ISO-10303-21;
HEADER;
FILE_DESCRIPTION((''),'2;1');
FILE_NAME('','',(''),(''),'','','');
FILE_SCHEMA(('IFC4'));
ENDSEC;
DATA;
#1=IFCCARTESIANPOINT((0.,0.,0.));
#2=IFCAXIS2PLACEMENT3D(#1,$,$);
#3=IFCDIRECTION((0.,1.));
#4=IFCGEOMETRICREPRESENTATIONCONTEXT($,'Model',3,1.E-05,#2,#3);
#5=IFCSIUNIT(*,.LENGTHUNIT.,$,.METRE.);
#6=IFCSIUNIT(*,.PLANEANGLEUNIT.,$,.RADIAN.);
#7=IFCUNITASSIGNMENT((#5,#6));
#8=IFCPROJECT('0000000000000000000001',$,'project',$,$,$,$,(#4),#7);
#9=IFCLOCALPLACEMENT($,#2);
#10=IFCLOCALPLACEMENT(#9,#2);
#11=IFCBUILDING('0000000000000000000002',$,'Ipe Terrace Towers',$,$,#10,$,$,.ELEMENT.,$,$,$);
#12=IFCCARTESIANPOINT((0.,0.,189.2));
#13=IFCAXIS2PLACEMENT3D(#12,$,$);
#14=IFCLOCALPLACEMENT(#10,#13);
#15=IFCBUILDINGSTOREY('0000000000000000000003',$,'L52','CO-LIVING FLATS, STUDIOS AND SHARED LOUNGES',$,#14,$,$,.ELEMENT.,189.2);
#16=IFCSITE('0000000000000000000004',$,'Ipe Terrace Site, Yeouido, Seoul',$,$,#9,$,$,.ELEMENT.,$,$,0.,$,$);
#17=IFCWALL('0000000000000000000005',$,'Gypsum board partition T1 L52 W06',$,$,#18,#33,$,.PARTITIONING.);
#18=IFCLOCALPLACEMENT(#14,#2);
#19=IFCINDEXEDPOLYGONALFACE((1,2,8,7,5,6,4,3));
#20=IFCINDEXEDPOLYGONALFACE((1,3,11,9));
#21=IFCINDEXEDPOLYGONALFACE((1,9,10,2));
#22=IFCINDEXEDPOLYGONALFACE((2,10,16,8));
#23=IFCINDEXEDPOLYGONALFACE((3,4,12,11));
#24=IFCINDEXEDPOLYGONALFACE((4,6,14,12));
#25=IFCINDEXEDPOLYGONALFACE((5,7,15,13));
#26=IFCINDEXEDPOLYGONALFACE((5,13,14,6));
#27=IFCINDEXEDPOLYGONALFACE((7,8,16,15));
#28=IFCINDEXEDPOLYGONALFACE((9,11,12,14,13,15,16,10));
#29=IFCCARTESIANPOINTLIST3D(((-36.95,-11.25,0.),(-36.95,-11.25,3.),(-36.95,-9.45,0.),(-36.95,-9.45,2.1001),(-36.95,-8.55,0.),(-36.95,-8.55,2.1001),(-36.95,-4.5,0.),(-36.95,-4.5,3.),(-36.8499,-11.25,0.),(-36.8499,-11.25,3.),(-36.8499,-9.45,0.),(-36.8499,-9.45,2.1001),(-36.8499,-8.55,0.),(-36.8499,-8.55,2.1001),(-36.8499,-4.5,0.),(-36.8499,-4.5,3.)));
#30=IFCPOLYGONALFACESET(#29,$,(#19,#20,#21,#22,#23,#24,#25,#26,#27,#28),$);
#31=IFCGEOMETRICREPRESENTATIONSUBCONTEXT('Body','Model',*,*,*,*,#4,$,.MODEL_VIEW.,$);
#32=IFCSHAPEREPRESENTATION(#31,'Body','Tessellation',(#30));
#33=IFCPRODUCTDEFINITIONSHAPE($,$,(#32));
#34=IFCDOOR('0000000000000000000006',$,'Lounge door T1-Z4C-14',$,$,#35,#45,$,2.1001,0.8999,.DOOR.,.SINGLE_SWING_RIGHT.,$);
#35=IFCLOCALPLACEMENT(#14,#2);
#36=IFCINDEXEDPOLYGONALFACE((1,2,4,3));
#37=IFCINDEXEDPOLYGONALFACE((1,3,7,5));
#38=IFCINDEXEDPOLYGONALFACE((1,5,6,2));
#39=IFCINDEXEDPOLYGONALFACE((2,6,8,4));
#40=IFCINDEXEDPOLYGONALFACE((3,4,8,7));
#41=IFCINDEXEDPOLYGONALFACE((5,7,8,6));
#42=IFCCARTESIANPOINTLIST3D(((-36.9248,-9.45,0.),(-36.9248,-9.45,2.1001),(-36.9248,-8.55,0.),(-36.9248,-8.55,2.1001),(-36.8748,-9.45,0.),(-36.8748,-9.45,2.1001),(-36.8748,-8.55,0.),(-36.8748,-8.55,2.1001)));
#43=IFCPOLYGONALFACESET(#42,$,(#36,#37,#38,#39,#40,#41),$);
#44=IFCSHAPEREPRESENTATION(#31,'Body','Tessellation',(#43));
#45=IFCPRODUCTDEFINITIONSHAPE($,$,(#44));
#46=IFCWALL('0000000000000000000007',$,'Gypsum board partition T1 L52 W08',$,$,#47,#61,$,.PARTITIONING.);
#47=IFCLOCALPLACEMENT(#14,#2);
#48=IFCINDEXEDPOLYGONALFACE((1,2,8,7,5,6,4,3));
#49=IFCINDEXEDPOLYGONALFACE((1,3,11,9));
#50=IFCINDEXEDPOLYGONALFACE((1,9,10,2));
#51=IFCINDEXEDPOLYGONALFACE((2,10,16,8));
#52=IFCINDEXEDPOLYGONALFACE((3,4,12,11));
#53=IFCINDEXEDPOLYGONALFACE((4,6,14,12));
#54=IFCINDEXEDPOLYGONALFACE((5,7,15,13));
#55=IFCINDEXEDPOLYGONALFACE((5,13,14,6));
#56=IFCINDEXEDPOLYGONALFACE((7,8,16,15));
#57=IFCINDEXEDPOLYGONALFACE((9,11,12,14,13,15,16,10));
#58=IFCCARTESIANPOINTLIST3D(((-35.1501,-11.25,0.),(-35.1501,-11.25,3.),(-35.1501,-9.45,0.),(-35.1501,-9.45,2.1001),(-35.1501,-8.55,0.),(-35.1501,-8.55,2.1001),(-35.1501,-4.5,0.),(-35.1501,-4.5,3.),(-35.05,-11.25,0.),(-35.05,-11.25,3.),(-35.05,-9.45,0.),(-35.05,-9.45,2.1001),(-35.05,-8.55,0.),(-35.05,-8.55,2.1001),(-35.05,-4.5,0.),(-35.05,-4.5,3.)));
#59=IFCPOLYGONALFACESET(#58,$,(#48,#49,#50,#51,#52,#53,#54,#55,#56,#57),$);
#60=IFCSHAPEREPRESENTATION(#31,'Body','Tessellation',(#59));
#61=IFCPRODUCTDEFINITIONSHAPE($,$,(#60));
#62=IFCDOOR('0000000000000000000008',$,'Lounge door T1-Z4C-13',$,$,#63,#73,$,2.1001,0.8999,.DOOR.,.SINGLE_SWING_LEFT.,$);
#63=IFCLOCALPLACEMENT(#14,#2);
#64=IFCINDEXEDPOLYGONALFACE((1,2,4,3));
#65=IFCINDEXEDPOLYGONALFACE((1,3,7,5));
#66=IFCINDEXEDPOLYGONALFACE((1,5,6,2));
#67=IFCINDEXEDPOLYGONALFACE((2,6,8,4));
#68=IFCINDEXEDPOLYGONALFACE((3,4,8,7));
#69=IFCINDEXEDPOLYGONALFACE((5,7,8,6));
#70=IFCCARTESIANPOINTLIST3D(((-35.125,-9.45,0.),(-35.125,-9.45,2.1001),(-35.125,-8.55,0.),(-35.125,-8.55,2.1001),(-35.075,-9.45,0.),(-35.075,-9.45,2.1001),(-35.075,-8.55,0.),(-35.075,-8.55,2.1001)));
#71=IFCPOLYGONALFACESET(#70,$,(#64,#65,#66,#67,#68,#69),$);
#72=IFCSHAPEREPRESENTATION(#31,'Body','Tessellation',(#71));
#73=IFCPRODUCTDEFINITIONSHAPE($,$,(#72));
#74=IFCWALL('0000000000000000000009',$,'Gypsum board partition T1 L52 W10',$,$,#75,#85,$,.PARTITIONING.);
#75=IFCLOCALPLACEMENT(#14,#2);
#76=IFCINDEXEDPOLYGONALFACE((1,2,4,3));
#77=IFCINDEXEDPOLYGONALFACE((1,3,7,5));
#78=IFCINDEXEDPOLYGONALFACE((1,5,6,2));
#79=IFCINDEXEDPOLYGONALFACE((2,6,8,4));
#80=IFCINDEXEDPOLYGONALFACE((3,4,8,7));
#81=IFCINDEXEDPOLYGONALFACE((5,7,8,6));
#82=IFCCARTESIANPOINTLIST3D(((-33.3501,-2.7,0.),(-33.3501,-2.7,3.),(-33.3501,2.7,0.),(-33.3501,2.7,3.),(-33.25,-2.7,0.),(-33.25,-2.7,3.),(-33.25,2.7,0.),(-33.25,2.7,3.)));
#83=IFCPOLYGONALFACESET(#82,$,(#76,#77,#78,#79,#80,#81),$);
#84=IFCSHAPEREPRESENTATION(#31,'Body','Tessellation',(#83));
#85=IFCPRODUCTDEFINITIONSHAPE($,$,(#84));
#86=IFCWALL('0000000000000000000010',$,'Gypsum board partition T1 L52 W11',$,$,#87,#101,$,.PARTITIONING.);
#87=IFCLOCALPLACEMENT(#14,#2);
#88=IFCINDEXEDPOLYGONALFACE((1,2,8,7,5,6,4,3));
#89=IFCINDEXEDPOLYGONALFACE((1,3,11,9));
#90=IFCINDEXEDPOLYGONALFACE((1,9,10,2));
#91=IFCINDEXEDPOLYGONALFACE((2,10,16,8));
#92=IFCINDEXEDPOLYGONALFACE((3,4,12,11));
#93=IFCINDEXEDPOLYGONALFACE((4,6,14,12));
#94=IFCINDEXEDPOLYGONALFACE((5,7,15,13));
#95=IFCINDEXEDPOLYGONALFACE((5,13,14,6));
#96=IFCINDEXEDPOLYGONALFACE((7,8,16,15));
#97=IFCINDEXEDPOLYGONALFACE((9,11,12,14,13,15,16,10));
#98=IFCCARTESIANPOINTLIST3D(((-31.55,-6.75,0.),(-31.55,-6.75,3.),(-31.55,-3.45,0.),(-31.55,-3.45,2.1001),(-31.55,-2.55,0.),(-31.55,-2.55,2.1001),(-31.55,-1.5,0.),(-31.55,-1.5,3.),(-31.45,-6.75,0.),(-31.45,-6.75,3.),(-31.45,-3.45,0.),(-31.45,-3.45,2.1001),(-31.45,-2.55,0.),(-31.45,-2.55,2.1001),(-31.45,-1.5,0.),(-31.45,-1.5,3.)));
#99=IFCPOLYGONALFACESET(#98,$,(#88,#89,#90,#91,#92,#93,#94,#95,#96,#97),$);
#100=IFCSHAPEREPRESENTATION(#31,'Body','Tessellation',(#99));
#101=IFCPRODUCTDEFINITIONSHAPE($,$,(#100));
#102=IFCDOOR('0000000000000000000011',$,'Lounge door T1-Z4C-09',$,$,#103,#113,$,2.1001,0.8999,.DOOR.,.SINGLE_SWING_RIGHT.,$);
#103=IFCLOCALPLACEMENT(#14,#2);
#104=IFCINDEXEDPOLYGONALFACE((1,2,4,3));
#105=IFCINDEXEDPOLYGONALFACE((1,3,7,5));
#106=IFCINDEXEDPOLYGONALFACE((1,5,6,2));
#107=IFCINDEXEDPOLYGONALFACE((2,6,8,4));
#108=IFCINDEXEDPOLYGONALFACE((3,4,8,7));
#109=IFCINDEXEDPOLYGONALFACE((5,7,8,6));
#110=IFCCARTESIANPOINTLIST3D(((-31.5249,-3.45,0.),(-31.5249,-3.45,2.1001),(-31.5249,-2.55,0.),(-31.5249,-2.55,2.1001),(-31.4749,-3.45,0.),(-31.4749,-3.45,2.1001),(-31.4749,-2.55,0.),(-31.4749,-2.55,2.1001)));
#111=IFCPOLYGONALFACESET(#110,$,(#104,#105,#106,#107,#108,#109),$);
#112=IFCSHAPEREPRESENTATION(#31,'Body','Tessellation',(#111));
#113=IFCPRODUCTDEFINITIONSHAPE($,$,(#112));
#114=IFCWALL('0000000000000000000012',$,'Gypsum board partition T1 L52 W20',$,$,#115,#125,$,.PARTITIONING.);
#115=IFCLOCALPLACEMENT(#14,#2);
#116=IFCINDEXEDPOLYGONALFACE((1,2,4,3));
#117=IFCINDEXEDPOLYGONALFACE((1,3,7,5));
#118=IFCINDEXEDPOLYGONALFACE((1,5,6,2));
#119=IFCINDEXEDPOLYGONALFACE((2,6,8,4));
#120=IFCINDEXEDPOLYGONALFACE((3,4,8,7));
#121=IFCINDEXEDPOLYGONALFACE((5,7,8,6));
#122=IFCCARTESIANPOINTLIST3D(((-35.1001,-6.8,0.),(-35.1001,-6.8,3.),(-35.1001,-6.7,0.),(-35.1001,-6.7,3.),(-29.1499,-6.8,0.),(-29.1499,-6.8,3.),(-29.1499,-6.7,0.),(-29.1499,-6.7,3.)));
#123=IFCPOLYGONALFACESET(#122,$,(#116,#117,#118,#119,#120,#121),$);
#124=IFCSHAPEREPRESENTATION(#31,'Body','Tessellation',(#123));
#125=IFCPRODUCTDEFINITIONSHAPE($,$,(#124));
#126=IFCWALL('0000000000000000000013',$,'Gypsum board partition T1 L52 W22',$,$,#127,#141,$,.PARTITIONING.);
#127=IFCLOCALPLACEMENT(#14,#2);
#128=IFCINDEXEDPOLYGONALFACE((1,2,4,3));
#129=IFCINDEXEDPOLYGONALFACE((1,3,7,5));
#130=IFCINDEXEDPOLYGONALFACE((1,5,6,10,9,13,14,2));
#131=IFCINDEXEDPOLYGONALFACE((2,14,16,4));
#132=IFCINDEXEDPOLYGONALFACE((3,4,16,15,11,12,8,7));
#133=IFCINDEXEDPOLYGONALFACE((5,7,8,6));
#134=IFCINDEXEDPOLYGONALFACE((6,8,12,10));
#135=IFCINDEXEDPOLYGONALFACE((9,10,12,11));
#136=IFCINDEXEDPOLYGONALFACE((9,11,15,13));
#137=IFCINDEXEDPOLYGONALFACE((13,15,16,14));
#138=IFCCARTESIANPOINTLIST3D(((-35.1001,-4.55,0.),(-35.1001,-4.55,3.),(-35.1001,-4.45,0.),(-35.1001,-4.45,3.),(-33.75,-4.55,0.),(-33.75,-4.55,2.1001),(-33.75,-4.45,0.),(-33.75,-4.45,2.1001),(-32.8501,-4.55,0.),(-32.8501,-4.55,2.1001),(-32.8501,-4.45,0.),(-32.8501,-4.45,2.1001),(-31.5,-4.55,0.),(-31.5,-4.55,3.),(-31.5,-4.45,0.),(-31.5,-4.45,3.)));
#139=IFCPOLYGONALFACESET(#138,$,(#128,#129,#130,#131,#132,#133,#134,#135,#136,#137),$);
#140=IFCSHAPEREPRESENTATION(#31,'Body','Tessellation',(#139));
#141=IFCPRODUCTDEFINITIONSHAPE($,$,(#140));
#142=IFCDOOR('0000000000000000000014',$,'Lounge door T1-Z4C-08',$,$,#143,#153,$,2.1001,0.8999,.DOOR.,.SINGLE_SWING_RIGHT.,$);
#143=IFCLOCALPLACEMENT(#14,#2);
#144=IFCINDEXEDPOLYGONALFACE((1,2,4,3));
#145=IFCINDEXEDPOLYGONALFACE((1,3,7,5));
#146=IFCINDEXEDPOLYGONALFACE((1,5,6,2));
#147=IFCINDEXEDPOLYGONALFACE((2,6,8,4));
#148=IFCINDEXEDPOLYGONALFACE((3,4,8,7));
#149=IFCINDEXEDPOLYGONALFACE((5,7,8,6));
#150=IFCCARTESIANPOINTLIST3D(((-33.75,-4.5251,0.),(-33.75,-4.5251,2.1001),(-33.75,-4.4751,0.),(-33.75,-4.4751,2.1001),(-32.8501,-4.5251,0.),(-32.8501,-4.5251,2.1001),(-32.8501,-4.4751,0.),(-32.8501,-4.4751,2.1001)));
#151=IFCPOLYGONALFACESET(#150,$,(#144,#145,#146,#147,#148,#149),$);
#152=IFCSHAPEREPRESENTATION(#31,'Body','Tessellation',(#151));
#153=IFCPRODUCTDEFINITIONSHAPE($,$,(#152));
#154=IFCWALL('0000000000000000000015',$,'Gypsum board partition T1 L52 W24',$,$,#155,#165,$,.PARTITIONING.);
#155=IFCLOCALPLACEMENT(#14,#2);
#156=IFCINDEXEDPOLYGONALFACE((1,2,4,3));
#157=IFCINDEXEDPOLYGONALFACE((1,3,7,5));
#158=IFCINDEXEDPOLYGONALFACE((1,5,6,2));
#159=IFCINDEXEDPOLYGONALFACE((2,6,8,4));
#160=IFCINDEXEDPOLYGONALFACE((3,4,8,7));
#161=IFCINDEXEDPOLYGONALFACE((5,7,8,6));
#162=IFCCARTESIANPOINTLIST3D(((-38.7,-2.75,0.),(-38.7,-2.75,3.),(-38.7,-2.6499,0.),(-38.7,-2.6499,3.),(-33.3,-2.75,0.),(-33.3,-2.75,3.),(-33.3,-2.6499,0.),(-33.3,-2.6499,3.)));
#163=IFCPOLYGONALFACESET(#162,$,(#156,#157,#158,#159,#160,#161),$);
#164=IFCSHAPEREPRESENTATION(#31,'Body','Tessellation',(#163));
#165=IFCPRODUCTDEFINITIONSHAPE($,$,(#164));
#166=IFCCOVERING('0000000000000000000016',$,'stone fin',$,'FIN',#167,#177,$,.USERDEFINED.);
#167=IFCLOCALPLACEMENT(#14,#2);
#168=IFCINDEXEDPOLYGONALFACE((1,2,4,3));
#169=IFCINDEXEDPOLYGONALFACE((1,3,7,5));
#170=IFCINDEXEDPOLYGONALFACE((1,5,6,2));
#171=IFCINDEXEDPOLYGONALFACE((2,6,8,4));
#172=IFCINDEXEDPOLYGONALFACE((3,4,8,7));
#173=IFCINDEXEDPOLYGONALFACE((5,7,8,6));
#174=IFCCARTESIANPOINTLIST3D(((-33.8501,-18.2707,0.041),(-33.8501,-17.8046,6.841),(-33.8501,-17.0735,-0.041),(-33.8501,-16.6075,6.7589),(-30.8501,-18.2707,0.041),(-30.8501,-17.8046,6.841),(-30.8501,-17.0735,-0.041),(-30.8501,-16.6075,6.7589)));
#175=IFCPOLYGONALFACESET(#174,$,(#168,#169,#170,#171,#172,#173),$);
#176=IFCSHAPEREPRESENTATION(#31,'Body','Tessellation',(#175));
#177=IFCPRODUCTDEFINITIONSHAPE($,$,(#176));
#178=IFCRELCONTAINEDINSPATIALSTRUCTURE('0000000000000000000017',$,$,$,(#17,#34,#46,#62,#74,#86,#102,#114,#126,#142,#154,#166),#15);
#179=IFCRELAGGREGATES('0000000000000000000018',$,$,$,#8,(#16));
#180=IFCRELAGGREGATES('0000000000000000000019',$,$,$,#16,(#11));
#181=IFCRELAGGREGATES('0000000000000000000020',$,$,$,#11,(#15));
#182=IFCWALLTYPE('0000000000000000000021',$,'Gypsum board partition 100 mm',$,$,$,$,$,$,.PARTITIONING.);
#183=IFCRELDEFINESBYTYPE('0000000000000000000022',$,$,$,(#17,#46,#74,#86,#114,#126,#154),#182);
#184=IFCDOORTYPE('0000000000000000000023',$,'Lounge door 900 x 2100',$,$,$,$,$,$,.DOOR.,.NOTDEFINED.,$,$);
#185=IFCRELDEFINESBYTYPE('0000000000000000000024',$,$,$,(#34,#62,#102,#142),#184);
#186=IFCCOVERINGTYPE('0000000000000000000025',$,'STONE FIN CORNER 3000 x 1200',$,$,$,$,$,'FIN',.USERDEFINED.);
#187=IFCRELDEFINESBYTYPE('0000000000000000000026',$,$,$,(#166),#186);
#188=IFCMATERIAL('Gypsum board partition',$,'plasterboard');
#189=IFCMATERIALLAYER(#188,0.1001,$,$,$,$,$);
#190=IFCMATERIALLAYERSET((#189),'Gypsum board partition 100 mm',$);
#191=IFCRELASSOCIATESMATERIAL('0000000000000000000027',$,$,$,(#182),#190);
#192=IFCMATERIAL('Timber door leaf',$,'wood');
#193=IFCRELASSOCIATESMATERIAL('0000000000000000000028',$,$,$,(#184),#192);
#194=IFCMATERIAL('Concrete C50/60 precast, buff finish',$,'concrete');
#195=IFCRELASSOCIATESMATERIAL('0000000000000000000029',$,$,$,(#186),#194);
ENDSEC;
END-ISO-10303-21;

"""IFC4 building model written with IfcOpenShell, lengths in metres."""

from ifc_helpers import new_model, si_unit, direction, frame, frame_2d, origin, origin_2d, place, context, subcontext, project, spatial, rectangle, extrude, material, layer, layer_set, material_profile, profile_set, type_object, element, fill, save


model = new_model("IFC4")

# Units and contexts
model_context = context("Model", 3, precision=1e-05, world=origin(), true_north=direction((0.0, 1.0)))
body_context = subcontext(model_context, "Body", "Model", "MODEL_VIEW")
ifc_project = project(units=[si_unit("LENGTHUNIT", "METRE"), si_unit("PLANEANGLEUNIT", "RADIAN")], contexts=[model_context])

# Site, building, storey
site_placement = place(None, origin())
site = spatial("IfcSite", under=ifc_project, at=site_placement, Name="Ipe Terrace Site, Yeouido, Seoul", CompositionType="ELEMENT", RefElevation=0.0)
building_placement = place(site_placement, origin())
building = spatial("IfcBuilding", under=site, at=building_placement, Name="Ipe Terrace Towers", CompositionType="ELEMENT")
storey_placement = place(building_placement, frame((0.0, 0.0, 189.2)))
storey = spatial("IfcBuildingStorey", under=building, at=storey_placement, Name="L52", Description="CO-LIVING FLATS, STUDIOS AND SHARED LOUNGES", CompositionType="ELEMENT", Elevation=189.2)

# Shared definitions
ifc_material_1 = material(Name="Gypsum board partition", Category="plasterboard")
ifc_layer_1 = layer(ifc_material_1, 0.1001)
ifc_layer_set_1 = layer_set([ifc_layer_1], Name="Gypsum board partition 100 mm")
wall_type_1 = type_object("IfcWallType", Name="Gypsum board partition 100 mm", PredefinedType="PARTITIONING", material=ifc_layer_set_1)
ifc_material_2 = material(Name="Timber door leaf", Category="wood")
door_type = type_object("IfcDoorType", Name="Lounge door 900 x 2100", OperationType="NOTDEFINED", PredefinedType="DOOR", material=ifc_material_2)

# Walls, openings, doors
wall_1_placement = place(storey_placement, frame((-36.8999, -11.25, 0.0), z_axis=(0.0, 0.0, 1.0), x_axis=(0.0, 1.0, 0.0)))
wall_1 = element("IfcWall", 1, at=wall_1_placement, inside=storey, type_object=wall_type_1, Name="Gypsum board partition T1 L52 W06", PredefinedType="PARTITIONING", context=body_context, shape_type="SweptSolid", body=[
    extrude(rectangle(XDim=6.75, YDim=0.1001, at=frame_2d((3.375, 0.0))), origin(), (0.0, 0.0, 1.0), 3.0),
])
opening_1_placement = place(wall_1_placement, frame((1.8, 0.0, 0.0)))
opening_1 = element("IfcOpeningElement", 2, at=opening_1_placement, cuts=wall_1, PredefinedType="OPENING", context=body_context, shape_type="SweptSolid", body=[
    extrude(rectangle(XDim=0.8999, YDim=2.1001, at=frame_2d((0.45, 1.05))), frame((0.0, 0.0601, 0.0), z_axis=(0.0, -1.0, 0.0), x_axis=(1.0, 0.0, 0.0)), (0.0, 0.0, 1.0), 0.1201),
])
door_1_placement = place(opening_1_placement, origin())
door_1 = element("IfcDoor", 3, at=door_1_placement, inside=storey, type_object=door_type, Name="Lounge door T1-Z4C-14", OperationType="SINGLE_SWING_RIGHT", OverallHeight=2.1001, OverallWidth=0.8999, PredefinedType="DOOR", context=body_context, shape_type="SweptSolid", body=[
    extrude(rectangle(XDim=0.8999, YDim=2.1001, at=frame_2d((0.45, 1.05))), frame((0.0, 0.0249, 0.0), z_axis=(0.0, -1.0, 0.0), x_axis=(1.0, 0.0, 0.0)), (0.0, 0.0, 1.0), 0.05),
])
fill(opening_1, door_1)
wall_2_placement = place(storey_placement, frame((-35.1001, -11.25, 0.0), z_axis=(0.0, 0.0, 1.0), x_axis=(0.0, 1.0, 0.0)))
wall_2 = element("IfcWall", 4, at=wall_2_placement, inside=storey, type_object=wall_type_1, Name="Gypsum board partition T1 L52 W08", PredefinedType="PARTITIONING", context=body_context, shape_type="SweptSolid", body=[
    extrude(rectangle(XDim=6.75, YDim=0.1001, at=frame_2d((3.375, 0.0))), origin(), (0.0, 0.0, 1.0), 3.0),
])
opening_2_placement = place(wall_2_placement, frame((1.8, 0.0, 0.0)))
opening_2 = element("IfcOpeningElement", 5, at=opening_2_placement, cuts=wall_2, PredefinedType="OPENING", context=body_context, shape_type="SweptSolid", body=[
    extrude(rectangle(XDim=0.8999, YDim=2.1001, at=frame_2d((0.45, 1.05))), frame((0.0, 0.0601, 0.0), z_axis=(0.0, -1.0, 0.0), x_axis=(1.0, 0.0, 0.0)), (0.0, 0.0, 1.0), 0.1201),
])
door_2_placement = place(opening_2_placement, origin())
door_2 = element("IfcDoor", 6, at=door_2_placement, inside=storey, type_object=door_type, Name="Lounge door T1-Z4C-13", OperationType="SINGLE_SWING_LEFT", OverallHeight=2.1001, OverallWidth=0.8999, PredefinedType="DOOR", context=body_context, shape_type="SweptSolid", body=[
    extrude(rectangle(XDim=0.8999, YDim=2.1001, at=frame_2d((0.45, 1.05))), frame((0.0, 0.0249, 0.0), z_axis=(0.0, -1.0, 0.0), x_axis=(1.0, 0.0, 0.0)), (0.0, 0.0, 1.0), 0.05),
])
fill(opening_2, door_2)

# Wall
wall_3_placement = place(storey_placement, frame((-33.3, -2.7, 0.0), z_axis=(0.0, 0.0, 1.0), x_axis=(0.0, 1.0, 0.0)))
element("IfcWall", 7, at=wall_3_placement, inside=storey, type_object=wall_type_1, Name="Gypsum board partition T1 L52 W10", PredefinedType="PARTITIONING", context=body_context, shape_type="SweptSolid", body=[
    extrude(rectangle(XDim=5.3999, YDim=0.1001, at=frame_2d((2.7, 0.0))), origin(), (0.0, 0.0, 1.0), 3.0),
])

# Wall, opening, door
wall_4_placement = place(storey_placement, frame((-31.5, -6.75, 0.0), z_axis=(0.0, 0.0, 1.0), x_axis=(0.0, 1.0, 0.0)))
wall_4 = element("IfcWall", 8, at=wall_4_placement, inside=storey, type_object=wall_type_1, Name="Gypsum board partition T1 L52 W11", PredefinedType="PARTITIONING", context=body_context, shape_type="SweptSolid", body=[
    extrude(rectangle(XDim=5.25, YDim=0.1001, at=frame_2d((2.625, 0.0))), origin(), (0.0, 0.0, 1.0), 3.0),
])
opening_3_placement = place(wall_4_placement, frame((3.3, 0.0, 0.0)))
opening_3 = element("IfcOpeningElement", 9, at=opening_3_placement, cuts=wall_4, PredefinedType="OPENING", context=body_context, shape_type="SweptSolid", body=[
    extrude(rectangle(XDim=0.8999, YDim=2.1001, at=frame_2d((0.45, 1.05))), frame((0.0, 0.0601, 0.0), z_axis=(0.0, -1.0, 0.0), x_axis=(1.0, 0.0, 0.0)), (0.0, 0.0, 1.0), 0.1201),
])
door_3_placement = place(opening_3_placement, origin())
door_3 = element("IfcDoor", 10, at=door_3_placement, inside=storey, type_object=door_type, Name="Lounge door T1-Z4C-09", OperationType="SINGLE_SWING_RIGHT", OverallHeight=2.1001, OverallWidth=0.8999, PredefinedType="DOOR", context=body_context, shape_type="SweptSolid", body=[
    extrude(rectangle(XDim=0.8999, YDim=2.1001, at=frame_2d((0.45, 1.05))), frame((0.0, 0.0249, 0.0), z_axis=(0.0, -1.0, 0.0), x_axis=(1.0, 0.0, 0.0)), (0.0, 0.0, 1.0), 0.05),
])
fill(opening_3, door_3)

# Wall
wall_5_placement = place(storey_placement, frame((-35.1001, -6.75, 0.0), z_axis=(0.0, 0.0, 1.0), x_axis=(1.0, 0.0, 0.0)))
element("IfcWall", 11, at=wall_5_placement, inside=storey, type_object=wall_type_1, Name="Gypsum board partition T1 L52 W20", PredefinedType="PARTITIONING", context=body_context, shape_type="SweptSolid", body=[
    extrude(rectangle(XDim=5.9502, YDim=0.1001, at=frame_2d((2.9751, 0.0))), origin(), (0.0, 0.0, 1.0), 3.0),
])

# Wall, opening, door
wall_6_placement = place(storey_placement, frame((-35.1001, -4.5, 0.0), z_axis=(0.0, 0.0, 1.0), x_axis=(1.0, 0.0, 0.0)))
wall_6 = element("IfcWall", 12, at=wall_6_placement, inside=storey, type_object=wall_type_1, Name="Gypsum board partition T1 L52 W22", PredefinedType="PARTITIONING", context=body_context, shape_type="SweptSolid", body=[
    extrude(rectangle(XDim=3.6001, YDim=0.1001, at=frame_2d((1.8, 0.0))), origin(), (0.0, 0.0, 1.0), 3.0),
])
opening_4_placement = place(wall_6_placement, frame((1.3501, 0.0, 0.0)))
opening_4 = element("IfcOpeningElement", 13, at=opening_4_placement, cuts=wall_6, PredefinedType="OPENING", context=body_context, shape_type="SweptSolid", body=[
    extrude(rectangle(XDim=0.8999, YDim=2.1001, at=frame_2d((0.45, 1.05))), frame((0.0, 0.0601, 0.0), z_axis=(0.0, -1.0, 0.0), x_axis=(1.0, 0.0, 0.0)), (0.0, 0.0, 1.0), 0.1201),
])
door_4_placement = place(opening_4_placement, origin())
door_4 = element("IfcDoor", 14, at=door_4_placement, inside=storey, type_object=door_type, Name="Lounge door T1-Z4C-08", OperationType="SINGLE_SWING_RIGHT", OverallHeight=2.1001, OverallWidth=0.8999, PredefinedType="DOOR", context=body_context, shape_type="SweptSolid", body=[
    extrude(rectangle(XDim=0.8999, YDim=2.1001, at=frame_2d((0.45, 1.05))), frame((0.0, 0.0249, 0.0), z_axis=(0.0, -1.0, 0.0), x_axis=(1.0, 0.0, 0.0)), (0.0, 0.0, 1.0), 0.05),
])
fill(opening_4, door_4)

# Wall
wall_7_placement = place(storey_placement, frame((-38.7, -2.7, 0.0), z_axis=(0.0, 0.0, 1.0), x_axis=(1.0, 0.0, 0.0)))
element("IfcWall", 15, at=wall_7_placement, inside=storey, type_object=wall_type_1, Name="Gypsum board partition T1 L52 W24", PredefinedType="PARTITIONING", context=body_context, shape_type="SweptSolid", body=[
    extrude(rectangle(XDim=5.3999, YDim=0.1001, at=frame_2d((2.7, 0.0))), origin(), (0.0, 0.0, 1.0), 3.0),
])

# Covering
ifc_material_3 = material(Name="Concrete C50/60 precast, buff finish", Category="concrete")
ifc_material_profile_1 = material_profile(ifc_material_3, rectangle(XDim=3.0, YDim=1.2, at=origin_2d()), Name="STONE FIN CORNER 3000 x 1200")
ifc_profile_set_1 = profile_set([ifc_material_profile_1], Name="Concrete C50/60 precast, buff finish")
covering_type_1 = type_object("IfcCoveringType", Name="STONE FIN CORNER 3000 x 1200", ElementType="FIN", PredefinedType="USERDEFINED", material=ifc_profile_set_1)
for number, where, z_axis, x_axis, name in (
    (16, (-32.3501, -17.6721, 0.0), (0.0, 0.068378, 0.997659), (1.0, 0.0, 0.0), "stone fin"),
):
    element("IfcCovering", number, at=place(storey_placement, frame(where, z_axis=z_axis, x_axis=x_axis)), inside=storey, type_object=covering_type_1, Name=name, ObjectType="FIN", PredefinedType="USERDEFINED", context=body_context, shape_type="SweptSolid", body=[
        extrude(rectangle(XDim=3.0, YDim=1.2, at=origin_2d()), origin(), (0.0, 0.0, 1.0), 6.8159),
    ])

save(model, "model.ifc")
